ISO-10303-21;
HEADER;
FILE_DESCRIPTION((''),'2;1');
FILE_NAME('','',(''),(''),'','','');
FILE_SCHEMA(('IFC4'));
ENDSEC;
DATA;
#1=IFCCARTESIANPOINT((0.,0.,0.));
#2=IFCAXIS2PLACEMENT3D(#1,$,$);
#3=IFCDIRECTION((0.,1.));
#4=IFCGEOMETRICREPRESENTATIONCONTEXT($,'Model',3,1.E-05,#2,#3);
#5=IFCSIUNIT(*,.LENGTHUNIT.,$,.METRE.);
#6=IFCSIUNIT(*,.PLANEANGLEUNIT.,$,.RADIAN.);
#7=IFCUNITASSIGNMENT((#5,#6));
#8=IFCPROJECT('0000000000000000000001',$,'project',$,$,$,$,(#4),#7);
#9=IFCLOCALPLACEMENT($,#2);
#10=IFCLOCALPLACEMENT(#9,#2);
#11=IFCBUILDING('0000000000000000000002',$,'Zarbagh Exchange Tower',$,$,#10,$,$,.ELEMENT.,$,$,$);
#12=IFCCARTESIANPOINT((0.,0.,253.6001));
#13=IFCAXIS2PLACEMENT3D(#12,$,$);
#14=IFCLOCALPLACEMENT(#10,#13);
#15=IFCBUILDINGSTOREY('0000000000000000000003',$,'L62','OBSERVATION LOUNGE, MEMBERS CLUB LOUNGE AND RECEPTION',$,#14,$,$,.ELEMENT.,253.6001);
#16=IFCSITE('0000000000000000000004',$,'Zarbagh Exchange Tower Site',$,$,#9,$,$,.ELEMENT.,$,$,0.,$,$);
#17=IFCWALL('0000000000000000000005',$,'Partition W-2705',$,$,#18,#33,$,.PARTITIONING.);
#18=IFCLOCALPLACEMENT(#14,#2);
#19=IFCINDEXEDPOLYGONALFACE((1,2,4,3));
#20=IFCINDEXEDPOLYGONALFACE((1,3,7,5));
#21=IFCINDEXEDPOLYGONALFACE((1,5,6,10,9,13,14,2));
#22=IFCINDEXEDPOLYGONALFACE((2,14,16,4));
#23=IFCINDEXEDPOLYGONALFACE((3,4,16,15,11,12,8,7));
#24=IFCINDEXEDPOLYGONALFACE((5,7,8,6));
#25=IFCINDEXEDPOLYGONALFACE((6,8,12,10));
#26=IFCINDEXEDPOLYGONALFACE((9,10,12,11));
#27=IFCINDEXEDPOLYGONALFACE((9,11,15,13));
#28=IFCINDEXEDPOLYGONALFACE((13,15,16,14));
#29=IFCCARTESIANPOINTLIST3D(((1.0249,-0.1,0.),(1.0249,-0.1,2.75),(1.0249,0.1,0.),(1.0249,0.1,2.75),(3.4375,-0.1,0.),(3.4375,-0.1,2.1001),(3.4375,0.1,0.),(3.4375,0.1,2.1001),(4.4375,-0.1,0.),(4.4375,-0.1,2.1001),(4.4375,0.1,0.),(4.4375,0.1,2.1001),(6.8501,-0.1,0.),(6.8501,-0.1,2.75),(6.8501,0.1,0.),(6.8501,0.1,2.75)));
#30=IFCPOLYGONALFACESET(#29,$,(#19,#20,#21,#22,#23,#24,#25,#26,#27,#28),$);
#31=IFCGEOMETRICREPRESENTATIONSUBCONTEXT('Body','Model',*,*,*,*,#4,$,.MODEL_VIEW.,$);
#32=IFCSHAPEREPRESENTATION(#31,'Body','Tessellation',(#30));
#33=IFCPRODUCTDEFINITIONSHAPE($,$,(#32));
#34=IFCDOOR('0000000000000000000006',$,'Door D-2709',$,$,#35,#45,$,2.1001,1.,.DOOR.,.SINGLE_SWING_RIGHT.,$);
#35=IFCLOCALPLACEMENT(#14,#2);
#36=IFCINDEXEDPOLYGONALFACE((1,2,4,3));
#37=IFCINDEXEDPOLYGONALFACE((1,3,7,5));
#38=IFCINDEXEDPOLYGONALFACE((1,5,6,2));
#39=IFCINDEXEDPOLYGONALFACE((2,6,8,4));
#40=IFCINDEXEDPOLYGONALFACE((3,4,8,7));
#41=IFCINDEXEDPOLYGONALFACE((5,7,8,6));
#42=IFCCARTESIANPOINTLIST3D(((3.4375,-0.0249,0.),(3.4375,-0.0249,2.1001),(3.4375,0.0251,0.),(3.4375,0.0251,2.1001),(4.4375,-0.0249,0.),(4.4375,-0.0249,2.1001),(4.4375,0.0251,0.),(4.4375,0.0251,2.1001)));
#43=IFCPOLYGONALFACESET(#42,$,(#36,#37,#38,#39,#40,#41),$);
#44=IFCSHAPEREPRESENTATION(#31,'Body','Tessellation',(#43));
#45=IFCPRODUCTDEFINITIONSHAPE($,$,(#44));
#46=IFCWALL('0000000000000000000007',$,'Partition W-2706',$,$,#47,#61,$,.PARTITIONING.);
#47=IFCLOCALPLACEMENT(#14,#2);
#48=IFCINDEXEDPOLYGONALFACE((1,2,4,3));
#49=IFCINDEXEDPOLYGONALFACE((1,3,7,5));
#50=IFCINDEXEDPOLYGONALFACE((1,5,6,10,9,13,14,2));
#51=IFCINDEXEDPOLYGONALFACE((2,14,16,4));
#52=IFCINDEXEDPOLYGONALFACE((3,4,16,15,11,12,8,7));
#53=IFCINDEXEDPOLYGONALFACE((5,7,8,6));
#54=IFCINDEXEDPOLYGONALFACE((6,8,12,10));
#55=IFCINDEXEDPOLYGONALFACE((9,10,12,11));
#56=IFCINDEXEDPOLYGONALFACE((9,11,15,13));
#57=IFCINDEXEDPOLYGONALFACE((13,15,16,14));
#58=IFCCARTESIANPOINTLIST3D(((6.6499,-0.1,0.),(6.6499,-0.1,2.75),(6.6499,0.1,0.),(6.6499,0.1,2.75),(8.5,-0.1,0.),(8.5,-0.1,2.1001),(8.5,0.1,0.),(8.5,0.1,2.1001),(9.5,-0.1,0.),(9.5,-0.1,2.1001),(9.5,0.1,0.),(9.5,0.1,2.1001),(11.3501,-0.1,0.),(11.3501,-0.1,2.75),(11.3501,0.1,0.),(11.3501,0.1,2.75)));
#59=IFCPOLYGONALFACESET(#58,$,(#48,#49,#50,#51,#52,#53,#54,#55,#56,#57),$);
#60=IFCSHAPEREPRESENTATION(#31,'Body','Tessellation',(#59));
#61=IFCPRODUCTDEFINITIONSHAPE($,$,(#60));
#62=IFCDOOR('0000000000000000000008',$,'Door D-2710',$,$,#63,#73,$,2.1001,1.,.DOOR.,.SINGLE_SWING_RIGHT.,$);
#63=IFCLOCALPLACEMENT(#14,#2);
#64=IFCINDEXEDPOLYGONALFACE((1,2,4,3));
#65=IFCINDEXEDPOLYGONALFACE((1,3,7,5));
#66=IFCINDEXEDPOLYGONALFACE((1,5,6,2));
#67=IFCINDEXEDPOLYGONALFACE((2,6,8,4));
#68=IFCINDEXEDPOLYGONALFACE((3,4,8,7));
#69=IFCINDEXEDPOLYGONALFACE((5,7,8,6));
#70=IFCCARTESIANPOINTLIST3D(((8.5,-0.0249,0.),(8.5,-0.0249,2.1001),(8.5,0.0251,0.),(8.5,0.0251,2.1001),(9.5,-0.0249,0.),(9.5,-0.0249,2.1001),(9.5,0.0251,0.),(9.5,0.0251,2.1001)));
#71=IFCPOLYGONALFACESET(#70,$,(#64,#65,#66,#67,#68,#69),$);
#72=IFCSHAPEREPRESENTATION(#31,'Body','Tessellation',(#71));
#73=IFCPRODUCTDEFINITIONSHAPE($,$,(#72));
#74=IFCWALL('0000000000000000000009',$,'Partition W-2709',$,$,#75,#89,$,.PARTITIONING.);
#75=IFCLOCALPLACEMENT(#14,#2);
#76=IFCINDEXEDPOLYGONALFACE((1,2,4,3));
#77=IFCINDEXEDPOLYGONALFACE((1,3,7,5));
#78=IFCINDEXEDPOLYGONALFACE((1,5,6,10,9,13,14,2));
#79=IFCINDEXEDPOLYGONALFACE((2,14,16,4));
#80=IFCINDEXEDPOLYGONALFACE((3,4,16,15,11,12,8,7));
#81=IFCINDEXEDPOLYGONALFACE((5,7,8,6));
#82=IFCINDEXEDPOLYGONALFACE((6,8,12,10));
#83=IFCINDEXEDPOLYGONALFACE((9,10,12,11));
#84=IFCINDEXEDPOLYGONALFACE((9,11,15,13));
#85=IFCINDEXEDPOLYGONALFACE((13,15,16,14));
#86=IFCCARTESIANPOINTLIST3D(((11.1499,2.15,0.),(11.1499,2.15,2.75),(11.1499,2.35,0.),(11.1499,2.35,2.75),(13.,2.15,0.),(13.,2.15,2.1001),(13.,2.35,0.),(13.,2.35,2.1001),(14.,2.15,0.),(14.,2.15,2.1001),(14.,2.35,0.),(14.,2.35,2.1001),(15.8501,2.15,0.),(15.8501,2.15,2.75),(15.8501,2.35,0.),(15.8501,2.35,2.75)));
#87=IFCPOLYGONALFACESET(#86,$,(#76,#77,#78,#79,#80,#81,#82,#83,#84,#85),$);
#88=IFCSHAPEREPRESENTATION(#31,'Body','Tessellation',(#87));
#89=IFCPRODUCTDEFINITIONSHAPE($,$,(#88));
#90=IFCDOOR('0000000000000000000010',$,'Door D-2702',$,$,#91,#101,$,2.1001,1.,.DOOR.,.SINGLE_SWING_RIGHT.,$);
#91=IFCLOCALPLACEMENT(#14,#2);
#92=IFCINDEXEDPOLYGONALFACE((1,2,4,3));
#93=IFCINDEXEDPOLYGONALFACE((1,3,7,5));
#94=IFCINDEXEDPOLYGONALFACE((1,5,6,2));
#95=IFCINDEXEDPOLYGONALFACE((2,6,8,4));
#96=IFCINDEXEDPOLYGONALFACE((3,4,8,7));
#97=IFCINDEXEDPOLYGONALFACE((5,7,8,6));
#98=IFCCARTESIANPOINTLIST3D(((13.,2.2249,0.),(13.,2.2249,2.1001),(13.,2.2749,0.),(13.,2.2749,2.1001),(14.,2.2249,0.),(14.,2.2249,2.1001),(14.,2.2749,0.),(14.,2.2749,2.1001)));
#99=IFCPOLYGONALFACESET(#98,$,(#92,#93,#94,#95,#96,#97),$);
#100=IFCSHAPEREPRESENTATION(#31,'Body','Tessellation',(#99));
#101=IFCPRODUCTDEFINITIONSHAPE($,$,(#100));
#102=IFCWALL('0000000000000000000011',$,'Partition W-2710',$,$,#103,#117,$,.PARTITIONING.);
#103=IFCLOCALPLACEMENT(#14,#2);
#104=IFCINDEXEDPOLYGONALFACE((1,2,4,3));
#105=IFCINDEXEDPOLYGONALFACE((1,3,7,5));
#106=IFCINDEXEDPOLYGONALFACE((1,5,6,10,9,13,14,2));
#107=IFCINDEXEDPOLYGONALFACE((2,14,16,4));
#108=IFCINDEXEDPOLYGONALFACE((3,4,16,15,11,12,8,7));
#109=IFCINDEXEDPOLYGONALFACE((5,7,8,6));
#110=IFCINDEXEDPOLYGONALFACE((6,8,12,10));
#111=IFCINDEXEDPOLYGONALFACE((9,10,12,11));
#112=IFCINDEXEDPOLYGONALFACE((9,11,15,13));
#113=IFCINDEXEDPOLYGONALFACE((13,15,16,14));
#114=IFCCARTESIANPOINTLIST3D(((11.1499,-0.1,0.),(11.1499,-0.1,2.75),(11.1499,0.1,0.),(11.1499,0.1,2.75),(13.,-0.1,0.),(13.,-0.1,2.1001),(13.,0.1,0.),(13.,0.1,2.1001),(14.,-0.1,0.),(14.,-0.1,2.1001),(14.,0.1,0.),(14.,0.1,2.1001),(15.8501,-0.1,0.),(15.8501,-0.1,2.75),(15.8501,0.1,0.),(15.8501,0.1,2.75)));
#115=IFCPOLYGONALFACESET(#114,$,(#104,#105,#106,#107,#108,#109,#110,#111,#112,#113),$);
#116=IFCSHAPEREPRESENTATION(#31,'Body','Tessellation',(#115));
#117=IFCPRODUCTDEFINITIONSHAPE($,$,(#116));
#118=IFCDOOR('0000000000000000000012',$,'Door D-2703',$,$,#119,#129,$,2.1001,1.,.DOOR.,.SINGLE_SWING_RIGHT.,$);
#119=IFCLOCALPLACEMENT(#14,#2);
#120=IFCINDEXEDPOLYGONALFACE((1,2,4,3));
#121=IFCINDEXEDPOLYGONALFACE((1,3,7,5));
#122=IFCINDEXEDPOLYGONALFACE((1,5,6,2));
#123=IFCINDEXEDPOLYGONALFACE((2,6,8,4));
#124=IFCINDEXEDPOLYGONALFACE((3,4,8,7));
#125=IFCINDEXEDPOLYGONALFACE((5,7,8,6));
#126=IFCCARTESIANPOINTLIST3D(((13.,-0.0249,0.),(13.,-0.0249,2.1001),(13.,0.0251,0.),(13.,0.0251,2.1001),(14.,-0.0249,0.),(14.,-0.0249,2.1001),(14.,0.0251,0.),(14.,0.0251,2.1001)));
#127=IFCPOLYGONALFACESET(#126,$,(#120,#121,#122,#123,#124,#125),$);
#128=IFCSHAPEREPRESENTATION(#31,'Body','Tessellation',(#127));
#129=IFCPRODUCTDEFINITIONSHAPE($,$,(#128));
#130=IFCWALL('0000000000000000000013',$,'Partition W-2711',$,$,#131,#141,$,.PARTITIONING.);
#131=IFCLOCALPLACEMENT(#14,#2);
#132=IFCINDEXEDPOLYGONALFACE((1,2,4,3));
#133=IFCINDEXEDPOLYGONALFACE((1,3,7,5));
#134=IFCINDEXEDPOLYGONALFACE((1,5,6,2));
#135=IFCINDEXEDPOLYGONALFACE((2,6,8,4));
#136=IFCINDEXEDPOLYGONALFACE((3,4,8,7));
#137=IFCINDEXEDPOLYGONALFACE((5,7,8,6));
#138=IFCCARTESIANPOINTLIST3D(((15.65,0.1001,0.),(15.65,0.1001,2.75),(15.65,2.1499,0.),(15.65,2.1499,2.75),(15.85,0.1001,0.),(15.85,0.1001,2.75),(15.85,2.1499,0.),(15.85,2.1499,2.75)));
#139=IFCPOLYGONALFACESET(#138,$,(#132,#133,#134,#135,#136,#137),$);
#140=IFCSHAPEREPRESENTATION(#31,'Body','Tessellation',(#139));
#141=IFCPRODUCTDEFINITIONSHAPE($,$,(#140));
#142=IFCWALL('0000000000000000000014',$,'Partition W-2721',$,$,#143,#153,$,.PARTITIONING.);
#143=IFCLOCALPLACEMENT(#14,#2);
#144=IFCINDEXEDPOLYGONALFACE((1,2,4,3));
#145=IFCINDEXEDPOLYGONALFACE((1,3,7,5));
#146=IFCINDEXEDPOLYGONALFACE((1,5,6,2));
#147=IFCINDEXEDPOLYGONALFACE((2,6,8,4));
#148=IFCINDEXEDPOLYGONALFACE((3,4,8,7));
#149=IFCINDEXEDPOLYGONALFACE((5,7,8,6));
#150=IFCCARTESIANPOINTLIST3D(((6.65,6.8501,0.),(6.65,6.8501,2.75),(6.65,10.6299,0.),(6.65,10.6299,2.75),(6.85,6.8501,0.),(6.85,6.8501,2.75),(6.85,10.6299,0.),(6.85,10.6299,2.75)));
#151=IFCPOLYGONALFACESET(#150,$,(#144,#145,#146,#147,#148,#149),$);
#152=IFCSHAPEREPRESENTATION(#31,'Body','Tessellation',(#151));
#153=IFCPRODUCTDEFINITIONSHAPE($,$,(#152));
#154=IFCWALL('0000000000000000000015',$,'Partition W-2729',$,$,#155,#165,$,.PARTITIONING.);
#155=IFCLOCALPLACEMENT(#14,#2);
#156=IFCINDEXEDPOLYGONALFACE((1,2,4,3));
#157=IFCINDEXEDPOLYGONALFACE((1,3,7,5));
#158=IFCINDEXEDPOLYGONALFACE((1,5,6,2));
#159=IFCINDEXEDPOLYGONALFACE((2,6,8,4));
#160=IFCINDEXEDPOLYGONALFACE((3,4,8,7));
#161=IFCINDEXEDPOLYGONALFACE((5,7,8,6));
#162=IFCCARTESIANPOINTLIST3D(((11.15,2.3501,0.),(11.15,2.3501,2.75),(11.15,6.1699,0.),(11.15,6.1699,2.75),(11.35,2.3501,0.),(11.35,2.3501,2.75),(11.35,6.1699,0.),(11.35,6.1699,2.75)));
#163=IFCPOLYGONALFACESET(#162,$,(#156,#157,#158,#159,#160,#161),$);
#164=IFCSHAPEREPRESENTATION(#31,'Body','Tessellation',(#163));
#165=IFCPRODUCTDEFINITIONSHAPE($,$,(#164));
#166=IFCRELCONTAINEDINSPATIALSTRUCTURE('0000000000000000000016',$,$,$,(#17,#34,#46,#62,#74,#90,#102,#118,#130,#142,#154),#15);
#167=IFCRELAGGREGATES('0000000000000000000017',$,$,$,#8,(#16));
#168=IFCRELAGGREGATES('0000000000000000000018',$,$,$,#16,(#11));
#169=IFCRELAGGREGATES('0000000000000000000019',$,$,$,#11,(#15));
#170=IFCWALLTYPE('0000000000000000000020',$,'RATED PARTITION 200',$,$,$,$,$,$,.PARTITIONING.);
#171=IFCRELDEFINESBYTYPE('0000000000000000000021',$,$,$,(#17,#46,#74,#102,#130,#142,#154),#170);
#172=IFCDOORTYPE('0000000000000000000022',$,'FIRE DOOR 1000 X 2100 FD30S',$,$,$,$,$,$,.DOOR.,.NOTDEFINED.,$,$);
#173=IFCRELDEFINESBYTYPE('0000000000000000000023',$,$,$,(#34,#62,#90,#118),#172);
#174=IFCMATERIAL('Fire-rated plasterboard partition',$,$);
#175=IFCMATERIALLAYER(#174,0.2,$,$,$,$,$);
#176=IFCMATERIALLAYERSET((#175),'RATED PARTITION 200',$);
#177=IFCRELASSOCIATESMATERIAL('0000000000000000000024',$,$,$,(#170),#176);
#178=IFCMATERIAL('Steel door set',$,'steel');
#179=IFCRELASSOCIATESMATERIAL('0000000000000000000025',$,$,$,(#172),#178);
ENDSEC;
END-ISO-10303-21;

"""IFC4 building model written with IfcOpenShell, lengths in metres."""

from ifc_helpers import new_model, si_unit, direction, frame, frame_2d, origin, place, context, subcontext, project, spatial, rectangle, extrude, material, layer, layer_set, type_object, element, fill, save


model = new_model("IFC4")

# Units and contexts
model_context = context("Model", 3, precision=1e-05, world=origin(), true_north=direction((0.0, 1.0)))
body_context = subcontext(model_context, "Body", "Model", "MODEL_VIEW")
ifc_project = project(units=[si_unit("LENGTHUNIT", "METRE"), si_unit("PLANEANGLEUNIT", "RADIAN")], contexts=[model_context])

# Site, building, storey
site_placement = place(None, origin())
site = spatial("IfcSite", under=ifc_project, at=site_placement, Name="Zarbagh Exchange Tower Site", CompositionType="ELEMENT", RefElevation=0.0)
building_placement = place(site_placement, origin())
building = spatial("IfcBuilding", under=site, at=building_placement, Name="Zarbagh Exchange Tower", CompositionType="ELEMENT")
storey_placement = place(building_placement, frame((0.0, 0.0, 253.6001)))
storey = spatial("IfcBuildingStorey", under=building, at=storey_placement, Name="L62", Description="OBSERVATION LOUNGE, MEMBERS CLUB LOUNGE AND RECEPTION", CompositionType="ELEMENT", Elevation=253.6001)

# Walls, openings, doors
ifc_material_1 = material(Name="Fire-rated plasterboard partition")
ifc_layer = layer(ifc_material_1, 0.2)
ifc_layer_set = layer_set([ifc_layer], Name="RATED PARTITION 200")
wall_type = type_object("IfcWallType", Name="RATED PARTITION 200", PredefinedType="PARTITIONING", material=ifc_layer_set)
wall_1_placement = place(storey_placement, frame((6.8501, 0.0, 0.0), z_axis=(0.0, 0.0, 1.0), x_axis=(-1.0, 0.0, 0.0)))
wall_1 = element("IfcWall", 1, at=wall_1_placement, inside=storey, type_object=wall_type, Name="Partition W-2705", PredefinedType="PARTITIONING", context=body_context, shape_type="SweptSolid", body=[
    extrude(rectangle(XDim=5.8252, YDim=0.2, at=frame_2d((2.9126, 0.0))), origin(), (0.0, 0.0, 1.0), 2.75),
])
opening_1_placement = place(wall_1_placement, frame((2.4126, 0.0, 0.0)))
opening_1 = element("IfcOpeningElement", 2, at=opening_1_placement, cuts=wall_1, PredefinedType="OPENING", context=body_context, shape_type="SweptSolid", body=[
    extrude(rectangle(XDim=1.0, YDim=2.1001, at=frame_2d((0.5, 1.05))), frame((0.0, 0.1099, 0.0), z_axis=(0.0, -1.0, 0.0), x_axis=(1.0, 0.0, 0.0)), (0.0, 0.0, 1.0), 0.22),
])
ifc_material_2 = material(Name="Steel door set", Category="steel")
door_type_1 = type_object("IfcDoorType", Name="FIRE DOOR 1000 X 2100 FD30S", OperationType="NOTDEFINED", PredefinedType="DOOR", material=ifc_material_2)
door_1_placement = place(opening_1_placement, origin())
door_1 = element("IfcDoor", 3, at=door_1_placement, inside=storey, type_object=door_type_1, Name="Door D-2709", OperationType="SINGLE_SWING_RIGHT", OverallHeight=2.1001, OverallWidth=1.0, PredefinedType="DOOR", context=body_context, shape_type="SweptSolid", body=[
    extrude(rectangle(XDim=1.0, YDim=2.1001, at=frame_2d((0.5, 1.05))), frame((0.0, 0.0249, 0.0), z_axis=(0.0, -1.0, 0.0), x_axis=(1.0, 0.0, 0.0)), (0.0, 0.0, 1.0), 0.05),
])
fill(opening_1, door_1)
wall_2_placement = place(storey_placement, frame((11.3501, 0.0, 0.0), z_axis=(0.0, 0.0, 1.0), x_axis=(-1.0, 0.0, 0.0)))
wall_2 = element("IfcWall", 4, at=wall_2_placement, inside=storey, type_object=wall_type, Name="Partition W-2706", PredefinedType="PARTITIONING", context=body_context, shape_type="SweptSolid", body=[
    extrude(rectangle(XDim=4.7002, YDim=0.2, at=frame_2d((2.3501, 0.0))), origin(), (0.0, 0.0, 1.0), 2.75),
])
opening_2_placement = place(wall_2_placement, frame((1.8501, 0.0, 0.0)))
opening_2 = element("IfcOpeningElement", 5, at=opening_2_placement, cuts=wall_2, PredefinedType="OPENING", context=body_context, shape_type="SweptSolid", body=[
    extrude(rectangle(XDim=1.0, YDim=2.1001, at=frame_2d((0.5, 1.05))), frame((0.0, 0.1099, 0.0), z_axis=(0.0, -1.0, 0.0), x_axis=(1.0, 0.0, 0.0)), (0.0, 0.0, 1.0), 0.22),
])
door_2_placement = place(opening_2_placement, origin())
door_2 = element("IfcDoor", 6, at=door_2_placement, inside=storey, type_object=door_type_1, Name="Door D-2710", OperationType="SINGLE_SWING_RIGHT", OverallHeight=2.1001, OverallWidth=1.0, PredefinedType="DOOR", context=body_context, shape_type="SweptSolid", body=[
    extrude(rectangle(XDim=1.0, YDim=2.1001, at=frame_2d((0.5, 1.05))), frame((0.0, 0.0249, 0.0), z_axis=(0.0, -1.0, 0.0), x_axis=(1.0, 0.0, 0.0)), (0.0, 0.0, 1.0), 0.05),
])
fill(opening_2, door_2)
wall_3_placement = place(storey_placement, frame((11.1499, 2.25, 0.0), z_axis=(0.0, 0.0, 1.0), x_axis=(1.0, 0.0, 0.0)))
wall_3 = element("IfcWall", 7, at=wall_3_placement, inside=storey, type_object=wall_type, Name="Partition W-2709", PredefinedType="PARTITIONING", context=body_context, shape_type="SweptSolid", body=[
    extrude(rectangle(XDim=4.7002, YDim=0.2, at=frame_2d((2.3501, 0.0))), origin(), (0.0, 0.0, 1.0), 2.75),
])
opening_3_placement = place(wall_3_placement, frame((1.8501, 0.0, 0.0)))
opening_3 = element("IfcOpeningElement", 8, at=opening_3_placement, cuts=wall_3, PredefinedType="OPENING", context=body_context, shape_type="SweptSolid", body=[
    extrude(rectangle(XDim=1.0, YDim=2.1001, at=frame_2d((0.5, 1.05))), frame((0.0, 0.1099, 0.0), z_axis=(0.0, -1.0, 0.0), x_axis=(1.0, 0.0, 0.0)), (0.0, 0.0, 1.0), 0.22),
])
door_3_placement = place(opening_3_placement, origin())
door_3 = element("IfcDoor", 9, at=door_3_placement, inside=storey, type_object=door_type_1, Name="Door D-2702", OperationType="SINGLE_SWING_RIGHT", OverallHeight=2.1001, OverallWidth=1.0, PredefinedType="DOOR", context=body_context, shape_type="SweptSolid", body=[
    extrude(rectangle(XDim=1.0, YDim=2.1001, at=frame_2d((0.5, 1.05))), frame((0.0, 0.0249, 0.0), z_axis=(0.0, -1.0, 0.0), x_axis=(1.0, 0.0, 0.0)), (0.0, 0.0, 1.0), 0.05),
])
fill(opening_3, door_3)
wall_4_placement = place(storey_placement, frame((15.8501, 0.0, 0.0), z_axis=(0.0, 0.0, 1.0), x_axis=(-1.0, 0.0, 0.0)))
wall_4 = element("IfcWall", 10, at=wall_4_placement, inside=storey, type_object=wall_type, Name="Partition W-2710", PredefinedType="PARTITIONING", context=body_context, shape_type="SweptSolid", body=[
    extrude(rectangle(XDim=4.7002, YDim=0.2, at=frame_2d((2.3501, 0.0))), origin(), (0.0, 0.0, 1.0), 2.75),
])
opening_4_placement = place(wall_4_placement, frame((1.8501, 0.0, 0.0)))
opening_4 = element("IfcOpeningElement", 11, at=opening_4_placement, cuts=wall_4, PredefinedType="OPENING", context=body_context, shape_type="SweptSolid", body=[
    extrude(rectangle(XDim=1.0, YDim=2.1001, at=frame_2d((0.5, 1.05))), frame((0.0, 0.1099, 0.0), z_axis=(0.0, -1.0, 0.0), x_axis=(1.0, 0.0, 0.0)), (0.0, 0.0, 1.0), 0.22),
])
door_4_placement = place(opening_4_placement, origin())
door_4 = element("IfcDoor", 12, at=door_4_placement, inside=storey, type_object=door_type_1, Name="Door D-2703", OperationType="SINGLE_SWING_RIGHT", OverallHeight=2.1001, OverallWidth=1.0, PredefinedType="DOOR", context=body_context, shape_type="SweptSolid", body=[
    extrude(rectangle(XDim=1.0, YDim=2.1001, at=frame_2d((0.5, 1.05))), frame((0.0, 0.0249, 0.0), z_axis=(0.0, -1.0, 0.0), x_axis=(1.0, 0.0, 0.0)), (0.0, 0.0, 1.0), 0.05),
])
fill(opening_4, door_4)

# Walls
wall_5_placement = place(storey_placement, frame((15.75, 0.1001, 0.0), z_axis=(0.0, 0.0, 1.0), x_axis=(0.0, 1.0, 0.0)))
element("IfcWall", 13, at=wall_5_placement, inside=storey, type_object=wall_type, Name="Partition W-2711", PredefinedType="PARTITIONING", context=body_context, shape_type="SweptSolid", body=[
    extrude(rectangle(XDim=2.0498, YDim=0.2, at=frame_2d((1.0249, 0.0))), origin(), (0.0, 0.0, 1.0), 2.75),
])
wall_6_placement = place(storey_placement, frame((6.75, 6.8501, 0.0), z_axis=(0.0, 0.0, 1.0), x_axis=(0.0, 1.0, 0.0)))
element("IfcWall", 14, at=wall_6_placement, inside=storey, type_object=wall_type, Name="Partition W-2721", PredefinedType="PARTITIONING", context=body_context, shape_type="SweptSolid", body=[
    extrude(rectangle(XDim=3.7798, YDim=0.2, at=frame_2d((1.8899, 0.0))), origin(), (0.0, 0.0, 1.0), 2.75),
])
wall_7_placement = place(storey_placement, frame((11.25, 2.3501, 0.0), z_axis=(0.0, 0.0, 1.0), x_axis=(0.0, 1.0, 0.0)))
element("IfcWall", 15, at=wall_7_placement, inside=storey, type_object=wall_type, Name="Partition W-2729", PredefinedType="PARTITIONING", context=body_context, shape_type="SweptSolid", body=[
    extrude(rectangle(XDim=3.8198, YDim=0.2, at=frame_2d((1.9099, 0.0))), origin(), (0.0, 0.0, 1.0), 2.75),
])

save(model, "model.ifc")
